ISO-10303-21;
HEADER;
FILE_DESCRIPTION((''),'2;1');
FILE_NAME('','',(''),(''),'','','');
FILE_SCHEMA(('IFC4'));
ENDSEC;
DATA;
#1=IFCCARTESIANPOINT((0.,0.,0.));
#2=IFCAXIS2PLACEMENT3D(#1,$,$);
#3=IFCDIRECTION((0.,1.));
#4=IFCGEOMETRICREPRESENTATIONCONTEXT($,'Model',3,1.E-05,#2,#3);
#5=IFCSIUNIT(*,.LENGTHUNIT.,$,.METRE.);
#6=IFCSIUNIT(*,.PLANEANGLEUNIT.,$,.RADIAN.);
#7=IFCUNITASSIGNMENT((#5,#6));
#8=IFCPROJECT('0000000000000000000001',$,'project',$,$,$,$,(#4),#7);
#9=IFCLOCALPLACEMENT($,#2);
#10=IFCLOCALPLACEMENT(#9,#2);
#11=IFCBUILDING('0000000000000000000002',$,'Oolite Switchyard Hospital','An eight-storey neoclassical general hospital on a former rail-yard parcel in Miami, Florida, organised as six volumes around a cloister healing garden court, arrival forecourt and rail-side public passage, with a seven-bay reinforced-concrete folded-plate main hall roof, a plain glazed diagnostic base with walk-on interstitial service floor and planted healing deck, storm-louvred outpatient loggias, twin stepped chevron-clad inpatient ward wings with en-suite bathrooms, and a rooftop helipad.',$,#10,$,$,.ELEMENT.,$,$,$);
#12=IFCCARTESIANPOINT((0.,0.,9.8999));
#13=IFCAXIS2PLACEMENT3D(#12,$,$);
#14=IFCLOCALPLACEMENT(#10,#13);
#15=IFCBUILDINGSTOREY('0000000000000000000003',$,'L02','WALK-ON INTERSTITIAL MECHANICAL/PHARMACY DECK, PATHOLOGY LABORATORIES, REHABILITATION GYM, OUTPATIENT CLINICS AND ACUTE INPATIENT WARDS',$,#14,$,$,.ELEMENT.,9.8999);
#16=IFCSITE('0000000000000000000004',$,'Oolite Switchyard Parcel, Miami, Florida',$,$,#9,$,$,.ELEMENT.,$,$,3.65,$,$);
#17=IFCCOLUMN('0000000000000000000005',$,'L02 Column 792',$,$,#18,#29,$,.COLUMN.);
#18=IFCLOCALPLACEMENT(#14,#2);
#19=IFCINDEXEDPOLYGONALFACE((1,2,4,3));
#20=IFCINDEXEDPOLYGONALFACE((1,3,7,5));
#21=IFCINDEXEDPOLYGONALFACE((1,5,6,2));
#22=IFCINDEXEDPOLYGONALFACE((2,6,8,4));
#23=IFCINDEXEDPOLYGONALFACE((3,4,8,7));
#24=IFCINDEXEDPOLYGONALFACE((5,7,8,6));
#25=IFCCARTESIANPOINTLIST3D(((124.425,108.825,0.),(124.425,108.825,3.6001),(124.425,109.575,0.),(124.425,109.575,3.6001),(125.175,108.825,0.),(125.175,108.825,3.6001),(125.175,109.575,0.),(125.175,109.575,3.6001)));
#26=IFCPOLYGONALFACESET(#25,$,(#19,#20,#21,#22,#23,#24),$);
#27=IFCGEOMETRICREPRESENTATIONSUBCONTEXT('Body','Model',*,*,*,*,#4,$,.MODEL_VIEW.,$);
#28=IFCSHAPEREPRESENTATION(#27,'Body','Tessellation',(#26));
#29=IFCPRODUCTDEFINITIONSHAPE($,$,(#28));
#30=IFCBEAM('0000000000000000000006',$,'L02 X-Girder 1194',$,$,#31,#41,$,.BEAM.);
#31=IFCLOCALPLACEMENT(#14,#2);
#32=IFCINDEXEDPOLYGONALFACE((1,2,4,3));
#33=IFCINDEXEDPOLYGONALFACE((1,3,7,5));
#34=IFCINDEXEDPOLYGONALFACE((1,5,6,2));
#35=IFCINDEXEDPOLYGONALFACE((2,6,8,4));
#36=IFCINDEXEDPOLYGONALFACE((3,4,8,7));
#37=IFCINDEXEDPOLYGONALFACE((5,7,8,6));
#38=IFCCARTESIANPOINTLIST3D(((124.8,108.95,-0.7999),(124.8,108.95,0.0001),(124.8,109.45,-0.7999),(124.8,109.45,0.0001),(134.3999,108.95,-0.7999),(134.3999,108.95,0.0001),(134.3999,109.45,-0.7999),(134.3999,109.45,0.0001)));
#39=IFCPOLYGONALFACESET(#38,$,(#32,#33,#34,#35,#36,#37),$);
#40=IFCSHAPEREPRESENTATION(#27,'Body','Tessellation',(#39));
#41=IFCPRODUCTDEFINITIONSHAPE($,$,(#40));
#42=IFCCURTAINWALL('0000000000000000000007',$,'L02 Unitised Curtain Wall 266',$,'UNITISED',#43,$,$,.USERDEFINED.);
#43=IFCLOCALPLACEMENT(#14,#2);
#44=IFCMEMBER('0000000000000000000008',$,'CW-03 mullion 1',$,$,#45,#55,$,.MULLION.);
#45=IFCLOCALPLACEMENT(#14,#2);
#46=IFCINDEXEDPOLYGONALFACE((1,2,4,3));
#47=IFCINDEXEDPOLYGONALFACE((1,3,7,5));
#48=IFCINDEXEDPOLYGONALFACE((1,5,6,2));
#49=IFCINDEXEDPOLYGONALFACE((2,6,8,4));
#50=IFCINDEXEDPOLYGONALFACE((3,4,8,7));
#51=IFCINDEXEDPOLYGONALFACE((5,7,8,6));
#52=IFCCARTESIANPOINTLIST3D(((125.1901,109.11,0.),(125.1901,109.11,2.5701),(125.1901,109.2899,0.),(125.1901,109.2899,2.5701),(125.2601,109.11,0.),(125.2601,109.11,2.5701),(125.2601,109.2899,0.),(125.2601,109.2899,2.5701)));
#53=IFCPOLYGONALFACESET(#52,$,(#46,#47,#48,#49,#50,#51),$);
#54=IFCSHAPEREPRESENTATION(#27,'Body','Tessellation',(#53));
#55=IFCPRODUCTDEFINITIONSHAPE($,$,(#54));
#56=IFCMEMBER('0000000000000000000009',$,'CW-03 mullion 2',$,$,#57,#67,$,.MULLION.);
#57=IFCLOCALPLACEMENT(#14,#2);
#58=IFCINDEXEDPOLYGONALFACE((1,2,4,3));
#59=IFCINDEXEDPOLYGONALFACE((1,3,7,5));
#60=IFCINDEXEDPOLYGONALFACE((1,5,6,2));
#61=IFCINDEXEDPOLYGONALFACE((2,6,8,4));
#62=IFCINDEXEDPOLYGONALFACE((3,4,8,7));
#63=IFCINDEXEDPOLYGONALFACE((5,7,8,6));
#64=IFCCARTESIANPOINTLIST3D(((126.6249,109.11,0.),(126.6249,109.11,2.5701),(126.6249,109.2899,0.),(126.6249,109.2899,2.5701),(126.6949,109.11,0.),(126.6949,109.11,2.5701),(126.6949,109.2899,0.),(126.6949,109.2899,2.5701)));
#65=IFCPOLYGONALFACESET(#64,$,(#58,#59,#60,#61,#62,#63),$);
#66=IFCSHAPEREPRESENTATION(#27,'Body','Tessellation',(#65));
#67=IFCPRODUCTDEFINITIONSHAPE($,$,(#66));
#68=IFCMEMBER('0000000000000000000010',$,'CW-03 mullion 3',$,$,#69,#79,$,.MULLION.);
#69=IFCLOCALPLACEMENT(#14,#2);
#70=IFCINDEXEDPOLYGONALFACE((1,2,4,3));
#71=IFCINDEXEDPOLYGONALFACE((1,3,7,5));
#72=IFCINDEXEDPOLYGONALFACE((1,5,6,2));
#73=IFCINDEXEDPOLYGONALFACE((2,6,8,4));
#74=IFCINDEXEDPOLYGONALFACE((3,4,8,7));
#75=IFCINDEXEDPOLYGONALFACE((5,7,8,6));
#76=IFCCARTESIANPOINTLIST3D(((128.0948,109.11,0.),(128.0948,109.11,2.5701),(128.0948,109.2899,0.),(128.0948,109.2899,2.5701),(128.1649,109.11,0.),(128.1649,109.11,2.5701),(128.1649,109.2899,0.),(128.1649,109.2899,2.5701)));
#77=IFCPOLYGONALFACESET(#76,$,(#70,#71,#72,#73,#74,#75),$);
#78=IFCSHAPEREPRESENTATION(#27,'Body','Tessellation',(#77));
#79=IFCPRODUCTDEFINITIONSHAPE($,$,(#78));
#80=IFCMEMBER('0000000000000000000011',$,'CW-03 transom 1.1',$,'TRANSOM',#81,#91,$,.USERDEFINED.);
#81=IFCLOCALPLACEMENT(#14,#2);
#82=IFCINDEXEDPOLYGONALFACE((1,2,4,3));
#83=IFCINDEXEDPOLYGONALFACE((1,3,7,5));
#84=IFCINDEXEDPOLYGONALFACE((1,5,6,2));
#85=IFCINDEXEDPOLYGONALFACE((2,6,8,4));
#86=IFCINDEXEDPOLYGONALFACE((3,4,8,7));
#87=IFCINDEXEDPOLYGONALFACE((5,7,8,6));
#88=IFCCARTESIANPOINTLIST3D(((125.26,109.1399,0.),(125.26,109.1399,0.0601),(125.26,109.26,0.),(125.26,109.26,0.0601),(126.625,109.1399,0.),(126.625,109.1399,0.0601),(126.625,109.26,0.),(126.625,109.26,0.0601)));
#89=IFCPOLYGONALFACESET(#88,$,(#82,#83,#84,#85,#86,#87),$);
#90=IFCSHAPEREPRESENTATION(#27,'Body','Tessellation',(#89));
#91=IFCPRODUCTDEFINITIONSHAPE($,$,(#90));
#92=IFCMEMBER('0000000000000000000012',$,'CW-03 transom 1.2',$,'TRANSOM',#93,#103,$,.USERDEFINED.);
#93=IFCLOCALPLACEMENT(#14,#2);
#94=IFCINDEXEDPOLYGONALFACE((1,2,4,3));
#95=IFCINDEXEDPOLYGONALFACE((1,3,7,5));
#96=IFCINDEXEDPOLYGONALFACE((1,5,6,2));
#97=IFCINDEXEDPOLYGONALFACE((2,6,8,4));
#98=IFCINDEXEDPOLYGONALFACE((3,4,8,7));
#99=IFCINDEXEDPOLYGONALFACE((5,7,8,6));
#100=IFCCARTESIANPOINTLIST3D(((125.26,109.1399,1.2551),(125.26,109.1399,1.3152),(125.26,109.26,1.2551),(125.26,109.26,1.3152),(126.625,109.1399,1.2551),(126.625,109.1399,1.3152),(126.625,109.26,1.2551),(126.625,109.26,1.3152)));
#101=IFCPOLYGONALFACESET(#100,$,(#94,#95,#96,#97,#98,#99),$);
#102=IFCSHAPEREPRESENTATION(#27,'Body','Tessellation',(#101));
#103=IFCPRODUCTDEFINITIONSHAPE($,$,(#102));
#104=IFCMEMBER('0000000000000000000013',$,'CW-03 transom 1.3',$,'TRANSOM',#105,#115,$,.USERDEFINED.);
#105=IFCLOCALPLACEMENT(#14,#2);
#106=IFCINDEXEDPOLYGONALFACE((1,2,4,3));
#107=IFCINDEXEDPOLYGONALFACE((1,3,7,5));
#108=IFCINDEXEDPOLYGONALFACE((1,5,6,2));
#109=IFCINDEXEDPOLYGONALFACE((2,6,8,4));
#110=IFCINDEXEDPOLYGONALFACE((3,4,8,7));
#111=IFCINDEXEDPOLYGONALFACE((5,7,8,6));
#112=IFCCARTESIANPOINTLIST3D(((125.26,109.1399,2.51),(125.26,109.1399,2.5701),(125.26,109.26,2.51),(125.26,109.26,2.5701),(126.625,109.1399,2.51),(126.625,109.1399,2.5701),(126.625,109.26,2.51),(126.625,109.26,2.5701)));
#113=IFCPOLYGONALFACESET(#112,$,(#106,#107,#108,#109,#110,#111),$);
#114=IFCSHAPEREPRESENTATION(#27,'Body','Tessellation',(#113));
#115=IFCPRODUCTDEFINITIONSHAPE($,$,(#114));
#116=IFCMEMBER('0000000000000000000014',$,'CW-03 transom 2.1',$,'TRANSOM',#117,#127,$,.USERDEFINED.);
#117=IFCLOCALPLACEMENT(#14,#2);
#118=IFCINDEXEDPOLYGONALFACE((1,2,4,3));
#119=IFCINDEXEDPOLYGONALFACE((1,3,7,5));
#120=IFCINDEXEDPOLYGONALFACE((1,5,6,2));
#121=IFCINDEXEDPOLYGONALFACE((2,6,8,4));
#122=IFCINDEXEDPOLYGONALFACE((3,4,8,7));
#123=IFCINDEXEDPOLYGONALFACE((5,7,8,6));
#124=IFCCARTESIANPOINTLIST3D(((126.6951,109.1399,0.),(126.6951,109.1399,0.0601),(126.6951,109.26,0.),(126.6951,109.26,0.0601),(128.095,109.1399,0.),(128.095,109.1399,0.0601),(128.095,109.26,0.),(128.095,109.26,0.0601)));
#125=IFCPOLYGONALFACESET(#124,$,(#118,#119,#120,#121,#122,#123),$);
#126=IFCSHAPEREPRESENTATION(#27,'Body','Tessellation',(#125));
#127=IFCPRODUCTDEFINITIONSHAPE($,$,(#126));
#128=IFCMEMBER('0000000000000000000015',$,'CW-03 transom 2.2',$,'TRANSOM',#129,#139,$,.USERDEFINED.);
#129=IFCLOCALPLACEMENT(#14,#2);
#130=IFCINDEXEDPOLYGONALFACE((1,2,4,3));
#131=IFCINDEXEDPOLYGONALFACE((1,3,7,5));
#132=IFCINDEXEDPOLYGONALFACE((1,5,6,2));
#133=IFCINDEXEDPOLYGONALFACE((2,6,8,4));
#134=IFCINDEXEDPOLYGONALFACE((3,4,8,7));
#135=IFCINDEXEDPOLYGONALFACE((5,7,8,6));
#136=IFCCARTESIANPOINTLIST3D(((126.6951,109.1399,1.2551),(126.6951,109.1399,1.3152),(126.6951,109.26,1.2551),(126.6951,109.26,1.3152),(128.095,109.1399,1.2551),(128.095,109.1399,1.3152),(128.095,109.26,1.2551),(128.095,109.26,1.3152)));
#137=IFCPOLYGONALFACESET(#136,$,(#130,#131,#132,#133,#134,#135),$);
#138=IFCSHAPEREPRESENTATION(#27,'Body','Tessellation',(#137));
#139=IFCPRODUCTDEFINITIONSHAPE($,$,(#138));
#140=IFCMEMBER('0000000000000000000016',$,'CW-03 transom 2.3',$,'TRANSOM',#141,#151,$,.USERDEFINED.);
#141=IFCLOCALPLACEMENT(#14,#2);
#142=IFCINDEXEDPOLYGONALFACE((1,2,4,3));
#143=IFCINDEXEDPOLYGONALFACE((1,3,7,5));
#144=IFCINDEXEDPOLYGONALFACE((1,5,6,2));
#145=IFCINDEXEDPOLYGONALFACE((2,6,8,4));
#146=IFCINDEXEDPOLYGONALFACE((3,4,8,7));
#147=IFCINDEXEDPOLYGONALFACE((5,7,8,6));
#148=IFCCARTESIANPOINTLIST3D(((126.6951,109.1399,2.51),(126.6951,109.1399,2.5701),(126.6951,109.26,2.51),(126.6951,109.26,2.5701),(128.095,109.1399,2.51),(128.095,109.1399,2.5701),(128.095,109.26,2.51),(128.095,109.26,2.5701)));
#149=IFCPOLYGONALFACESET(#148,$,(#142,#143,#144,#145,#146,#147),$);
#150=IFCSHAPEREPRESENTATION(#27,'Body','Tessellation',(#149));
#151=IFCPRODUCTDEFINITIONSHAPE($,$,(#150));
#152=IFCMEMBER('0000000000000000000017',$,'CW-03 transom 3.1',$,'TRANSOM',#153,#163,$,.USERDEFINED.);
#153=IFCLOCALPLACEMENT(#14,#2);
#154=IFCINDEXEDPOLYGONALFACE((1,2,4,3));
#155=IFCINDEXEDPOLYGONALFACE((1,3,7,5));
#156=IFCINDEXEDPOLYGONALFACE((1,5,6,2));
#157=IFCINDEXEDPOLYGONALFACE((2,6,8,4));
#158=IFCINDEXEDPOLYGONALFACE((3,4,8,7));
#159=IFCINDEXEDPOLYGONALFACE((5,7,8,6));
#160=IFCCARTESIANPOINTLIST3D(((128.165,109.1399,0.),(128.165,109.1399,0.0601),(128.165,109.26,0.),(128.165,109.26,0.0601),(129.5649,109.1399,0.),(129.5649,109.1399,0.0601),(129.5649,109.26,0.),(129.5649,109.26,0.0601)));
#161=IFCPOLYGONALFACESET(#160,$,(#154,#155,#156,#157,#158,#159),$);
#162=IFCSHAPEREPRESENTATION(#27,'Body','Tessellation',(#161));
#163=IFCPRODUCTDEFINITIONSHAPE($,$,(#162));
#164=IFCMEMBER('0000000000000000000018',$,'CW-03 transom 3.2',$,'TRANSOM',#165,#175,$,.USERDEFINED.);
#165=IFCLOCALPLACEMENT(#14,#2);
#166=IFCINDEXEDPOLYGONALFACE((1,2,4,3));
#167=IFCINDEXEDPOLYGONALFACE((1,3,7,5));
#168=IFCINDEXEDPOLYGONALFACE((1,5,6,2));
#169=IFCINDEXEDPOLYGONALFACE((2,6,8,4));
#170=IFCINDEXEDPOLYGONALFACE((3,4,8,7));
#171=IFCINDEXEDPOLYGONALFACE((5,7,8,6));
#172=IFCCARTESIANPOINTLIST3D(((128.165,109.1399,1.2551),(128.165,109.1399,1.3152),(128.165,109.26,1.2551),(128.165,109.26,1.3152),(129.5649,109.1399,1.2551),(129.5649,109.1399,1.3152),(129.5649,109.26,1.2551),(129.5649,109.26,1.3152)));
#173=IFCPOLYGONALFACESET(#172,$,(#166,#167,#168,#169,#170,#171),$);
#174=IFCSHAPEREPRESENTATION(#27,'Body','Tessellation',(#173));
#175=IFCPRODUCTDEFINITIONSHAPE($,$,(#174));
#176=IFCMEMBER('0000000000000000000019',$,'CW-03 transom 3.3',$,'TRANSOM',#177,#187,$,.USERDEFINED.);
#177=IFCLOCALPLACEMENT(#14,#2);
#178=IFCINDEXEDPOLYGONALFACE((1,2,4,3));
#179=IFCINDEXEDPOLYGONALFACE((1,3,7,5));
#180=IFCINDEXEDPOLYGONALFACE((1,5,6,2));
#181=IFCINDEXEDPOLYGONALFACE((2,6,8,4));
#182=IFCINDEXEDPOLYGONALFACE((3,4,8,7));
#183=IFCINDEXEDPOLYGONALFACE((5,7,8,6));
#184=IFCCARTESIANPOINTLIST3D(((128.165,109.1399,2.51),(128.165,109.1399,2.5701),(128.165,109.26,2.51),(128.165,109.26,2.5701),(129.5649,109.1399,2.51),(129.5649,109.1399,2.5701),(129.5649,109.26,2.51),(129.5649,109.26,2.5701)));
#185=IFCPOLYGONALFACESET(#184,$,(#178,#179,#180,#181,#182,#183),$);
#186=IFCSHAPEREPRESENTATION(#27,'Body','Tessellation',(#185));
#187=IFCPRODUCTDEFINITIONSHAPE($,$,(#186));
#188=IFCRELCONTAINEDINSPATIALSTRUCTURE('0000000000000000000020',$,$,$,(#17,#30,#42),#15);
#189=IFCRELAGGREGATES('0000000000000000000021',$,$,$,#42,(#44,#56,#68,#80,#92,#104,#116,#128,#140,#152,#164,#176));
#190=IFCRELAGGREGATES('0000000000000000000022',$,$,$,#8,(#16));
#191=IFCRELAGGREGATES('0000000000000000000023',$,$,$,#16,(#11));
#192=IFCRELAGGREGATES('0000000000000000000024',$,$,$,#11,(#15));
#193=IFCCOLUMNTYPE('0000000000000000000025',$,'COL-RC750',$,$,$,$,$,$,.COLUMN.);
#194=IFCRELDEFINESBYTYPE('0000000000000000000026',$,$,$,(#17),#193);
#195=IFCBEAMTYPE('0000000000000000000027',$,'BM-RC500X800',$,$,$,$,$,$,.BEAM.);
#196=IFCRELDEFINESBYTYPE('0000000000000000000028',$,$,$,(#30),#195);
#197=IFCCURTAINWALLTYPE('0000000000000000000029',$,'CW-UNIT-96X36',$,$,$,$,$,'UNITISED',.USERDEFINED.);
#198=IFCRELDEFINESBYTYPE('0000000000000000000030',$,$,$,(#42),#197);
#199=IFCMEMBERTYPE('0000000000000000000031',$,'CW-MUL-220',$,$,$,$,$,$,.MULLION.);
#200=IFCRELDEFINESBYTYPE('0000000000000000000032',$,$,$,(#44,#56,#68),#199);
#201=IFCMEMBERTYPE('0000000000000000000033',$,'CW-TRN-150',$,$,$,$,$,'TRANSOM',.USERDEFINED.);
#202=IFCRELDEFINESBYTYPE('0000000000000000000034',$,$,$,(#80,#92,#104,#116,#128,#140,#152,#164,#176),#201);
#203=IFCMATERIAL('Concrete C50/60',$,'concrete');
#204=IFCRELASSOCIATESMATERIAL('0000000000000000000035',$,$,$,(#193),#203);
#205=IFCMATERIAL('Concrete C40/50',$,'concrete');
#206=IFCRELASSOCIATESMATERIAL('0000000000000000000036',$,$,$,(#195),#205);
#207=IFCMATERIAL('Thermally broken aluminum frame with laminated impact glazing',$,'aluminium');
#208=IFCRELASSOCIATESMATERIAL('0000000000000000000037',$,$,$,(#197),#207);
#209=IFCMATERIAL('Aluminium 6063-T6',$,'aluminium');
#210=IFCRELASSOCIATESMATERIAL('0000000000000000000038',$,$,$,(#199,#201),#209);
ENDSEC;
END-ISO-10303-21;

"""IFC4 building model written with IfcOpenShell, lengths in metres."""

from ifc_helpers import new_model, si_unit, direction, frame, origin, origin_2d, place, context, subcontext, project, spatial, rectangle, extrude, material, material_profile, profile_set, type_object, element, aggregate, save


model = new_model("IFC4")

# Units and contexts
model_context = context("Model", 3, precision=1e-05, world=origin(), true_north=direction((0.0, 1.0)))
body_context = subcontext(model_context, "Body", "Model", "MODEL_VIEW")
ifc_project = project(units=[si_unit("LENGTHUNIT", "METRE"), si_unit("PLANEANGLEUNIT", "RADIAN")], contexts=[model_context])

# Site, building, storey
site_placement = place(None, origin())
site = spatial("IfcSite", under=ifc_project, at=site_placement, Name="Oolite Switchyard Parcel, Miami, Florida", CompositionType="ELEMENT", RefElevation=3.65)
building_placement = place(site_placement, origin())
building = spatial("IfcBuilding", under=site, at=building_placement, Name="Oolite Switchyard Hospital", Description="An eight-storey neoclassical general hospital on a former rail-yard parcel in Miami, Florida, organised as six volumes around a cloister healing garden court, arrival forecourt and rail-side public passage, with a seven-bay reinforced-concrete folded-plate main hall roof, a plain glazed diagnostic base with walk-on interstitial service floor and planted healing deck, storm-louvred outpatient loggias, twin stepped chevron-clad inpatient ward wings with en-suite bathrooms, and a rooftop helipad.", CompositionType="ELEMENT")
storey_placement = place(building_placement, frame((0.0, 0.0, 9.8999)))
storey = spatial("IfcBuildingStorey", under=building, at=storey_placement, Name="L02", Description="WALK-ON INTERSTITIAL MECHANICAL/PHARMACY DECK, PATHOLOGY LABORATORIES, REHABILITATION GYM, OUTPATIENT CLINICS AND ACUTE INPATIENT WARDS", CompositionType="ELEMENT", Elevation=9.8999)

# Column
ifc_material_1 = material(Name="Concrete C50/60", Category="concrete")
ifc_material_profile_1 = material_profile(ifc_material_1, rectangle(XDim=0.75, YDim=0.75, at=origin_2d()), Name="RC750X750")
ifc_profile_set_1 = profile_set([ifc_material_profile_1], Name="Concrete C50/60")
column_type = type_object("IfcColumnType", Name="COL-RC750", PredefinedType="COLUMN", material=ifc_profile_set_1)
column_placement = place(storey_placement, frame((124.8, 109.2, 0.0), z_axis=(0.0, 0.0, 1.0), x_axis=(1.0, 0.0, 0.0)))
element("IfcColumn", 1, at=column_placement, inside=storey, type_object=column_type, Name="L02 Column 792", PredefinedType="COLUMN", context=body_context, shape_type="SweptSolid", body=[
    extrude(rectangle(XDim=0.75, YDim=0.75, at=origin_2d()), origin(), (0.0, 0.0, 1.0), 3.6001),
])

# Beam
ifc_material_2 = material(Name="Concrete C40/50", Category="concrete")
ifc_material_profile_2 = material_profile(ifc_material_2, rectangle(XDim=0.5, YDim=0.8, at=origin_2d()), Name="RCB500X800")
ifc_profile_set_2 = profile_set([ifc_material_profile_2], Name="Concrete C40/50")
beam_type = type_object("IfcBeamType", Name="BM-RC500X800", PredefinedType="BEAM", material=ifc_profile_set_2)
beam_placement = place(storey_placement, frame((124.8, 109.2, -0.3999), z_axis=(1.0, 0.0, 0.0), x_axis=(0.0, 1.0, 0.0)))
element("IfcBeam", 2, at=beam_placement, inside=storey, type_object=beam_type, Name="L02 X-Girder 1194", PredefinedType="BEAM", context=body_context, shape_type="SweptSolid", body=[
    extrude(rectangle(XDim=0.5, YDim=0.8, at=origin_2d()), origin(), (0.0, 0.0, 1.0), 9.5999),
])

# Curtain wall, members
ifc_material_3 = material(Name="Thermally broken aluminum frame with laminated impact glazing", Category="aluminium")
curtain_wall_type = type_object("IfcCurtainWallType", Name="CW-UNIT-96X36", ElementType="UNITISED", PredefinedType="USERDEFINED", material=ifc_material_3)
curtain_wall_placement = place(storey_placement, origin())
curtain_wall = element("IfcCurtainWall", 3, at=curtain_wall_placement, inside=storey, type_object=curtain_wall_type, Name="L02 Unitised Curtain Wall 266", ObjectType="UNITISED", PredefinedType="USERDEFINED")
ifc_material_4 = material(Name="Aluminium 6063-T6", Category="aluminium")
ifc_material_profile_3 = material_profile(ifc_material_4, rectangle(XDim=0.1799, YDim=0.0701, at=origin_2d()), Name="CWM70X180")
ifc_profile_set_3 = profile_set([ifc_material_profile_3], Name="Aluminium 6063-T6")
member_type_1 = type_object("IfcMemberType", Name="CW-MUL-220", PredefinedType="MULLION", material=ifc_profile_set_3)
member_1_placement = place(storey_placement, frame((125.2251, 109.2, 0.0), z_axis=(0.0, 0.0, 1.0), x_axis=(0.0, 1.0, 0.0)))
member_1 = element("IfcMember", 4, at=member_1_placement, type_object=member_type_1, Name="CW-03 mullion 1", PredefinedType="MULLION", context=body_context, shape_type="SweptSolid", body=[
    extrude(rectangle(XDim=0.1799, YDim=0.0701, at=origin_2d()), origin(), (0.0, 0.0, 1.0), 2.5701),
])
member_2_placement = place(storey_placement, frame((126.6599, 109.2, 0.0), z_axis=(0.0, 0.0, 1.0), x_axis=(0.0, 1.0, 0.0)))
member_2 = element("IfcMember", 5, at=member_2_placement, type_object=member_type_1, Name="CW-03 mullion 2", PredefinedType="MULLION", context=body_context, shape_type="SweptSolid", body=[
    extrude(rectangle(XDim=0.1799, YDim=0.0701, at=origin_2d()), origin(), (0.0, 0.0, 1.0), 2.5701),
])
member_3_placement = place(storey_placement, frame((128.1299, 109.2, 0.0), z_axis=(0.0, 0.0, 1.0), x_axis=(0.0, 1.0, 0.0)))
member_3 = element("IfcMember", 6, at=member_3_placement, type_object=member_type_1, Name="CW-03 mullion 3", PredefinedType="MULLION", context=body_context, shape_type="SweptSolid", body=[
    extrude(rectangle(XDim=0.1799, YDim=0.0701, at=origin_2d()), origin(), (0.0, 0.0, 1.0), 2.5701),
])
ifc_material_profile_4 = material_profile(ifc_material_4, rectangle(XDim=0.1201, YDim=0.0601, at=origin_2d()), Name="CWT60X120")
ifc_profile_set_4 = profile_set([ifc_material_profile_4], Name="Aluminium 6063-T6")
member_type_2 = type_object("IfcMemberType", Name="CW-TRN-150", ElementType="TRANSOM", PredefinedType="USERDEFINED", material=ifc_profile_set_4)
member_4_placement = place(storey_placement, frame((125.26, 109.2, 0.03), z_axis=(1.0, 0.0, 0.0), x_axis=(0.0, 1.0, 0.0)))
member_4 = element("IfcMember", 7, at=member_4_placement, type_object=member_type_2, Name="CW-03 transom 1.1", ObjectType="TRANSOM", PredefinedType="USERDEFINED", context=body_context, shape_type="SweptSolid", body=[
    extrude(rectangle(XDim=0.1201, YDim=0.0601, at=origin_2d()), origin(), (0.0, 0.0, 1.0), 1.365),
])
member_5_placement = place(storey_placement, frame((125.26, 109.2, 1.2852), z_axis=(1.0, 0.0, 0.0), x_axis=(0.0, 1.0, 0.0)))
member_5 = element("IfcMember", 8, at=member_5_placement, type_object=member_type_2, Name="CW-03 transom 1.2", ObjectType="TRANSOM", PredefinedType="USERDEFINED", context=body_context, shape_type="SweptSolid", body=[
    extrude(rectangle(XDim=0.1201, YDim=0.0601, at=origin_2d()), origin(), (0.0, 0.0, 1.0), 1.365),
])
member_6_placement = place(storey_placement, frame((125.26, 109.2, 2.54), z_axis=(1.0, 0.0, 0.0), x_axis=(0.0, 1.0, 0.0)))
member_6 = element("IfcMember", 9, at=member_6_placement, type_object=member_type_2, Name="CW-03 transom 1.3", ObjectType="TRANSOM", PredefinedType="USERDEFINED", context=body_context, shape_type="SweptSolid", body=[
    extrude(rectangle(XDim=0.1201, YDim=0.0601, at=origin_2d()), origin(), (0.0, 0.0, 1.0), 1.365),
])
member_7_placement = place(storey_placement, frame((126.6951, 109.2, 0.03), z_axis=(1.0, 0.0, 0.0), x_axis=(0.0, 1.0, 0.0)))
member_7 = element("IfcMember", 10, at=member_7_placement, type_object=member_type_2, Name="CW-03 transom 2.1", ObjectType="TRANSOM", PredefinedType="USERDEFINED", context=body_context, shape_type="SweptSolid", body=[
    extrude(rectangle(XDim=0.1201, YDim=0.0601, at=origin_2d()), origin(), (0.0, 0.0, 1.0), 1.3999),
])
member_8_placement = place(storey_placement, frame((126.6951, 109.2, 1.2852), z_axis=(1.0, 0.0, 0.0), x_axis=(0.0, 1.0, 0.0)))
member_8 = element("IfcMember", 11, at=member_8_placement, type_object=member_type_2, Name="CW-03 transom 2.2", ObjectType="TRANSOM", PredefinedType="USERDEFINED", context=body_context, shape_type="SweptSolid", body=[
    extrude(rectangle(XDim=0.1201, YDim=0.0601, at=origin_2d()), origin(), (0.0, 0.0, 1.0), 1.3999),
])
member_9_placement = place(storey_placement, frame((126.6951, 109.2, 2.54), z_axis=(1.0, 0.0, 0.0), x_axis=(0.0, 1.0, 0.0)))
member_9 = element("IfcMember", 12, at=member_9_placement, type_object=member_type_2, Name="CW-03 transom 2.3", ObjectType="TRANSOM", PredefinedType="USERDEFINED", context=body_context, shape_type="SweptSolid", body=[
    extrude(rectangle(XDim=0.1201, YDim=0.0601, at=origin_2d()), origin(), (0.0, 0.0, 1.0), 1.3999),
])
member_10_placement = place(storey_placement, frame((128.165, 109.2, 0.03), z_axis=(1.0, 0.0, 0.0), x_axis=(0.0, 1.0, 0.0)))
member_10 = element("IfcMember", 13, at=member_10_placement, type_object=member_type_2, Name="CW-03 transom 3.1", ObjectType="TRANSOM", PredefinedType="USERDEFINED", context=body_context, shape_type="SweptSolid", body=[
    extrude(rectangle(XDim=0.1201, YDim=0.0601, at=origin_2d()), origin(), (0.0, 0.0, 1.0), 1.3999),
])
member_11_placement = place(storey_placement, frame((128.165, 109.2, 1.2852), z_axis=(1.0, 0.0, 0.0), x_axis=(0.0, 1.0, 0.0)))
member_11 = element("IfcMember", 14, at=member_11_placement, type_object=member_type_2, Name="CW-03 transom 3.2", ObjectType="TRANSOM", PredefinedType="USERDEFINED", context=body_context, shape_type="SweptSolid", body=[
    extrude(rectangle(XDim=0.1201, YDim=0.0601, at=origin_2d()), origin(), (0.0, 0.0, 1.0), 1.3999),
])
member_12_placement = place(storey_placement, frame((128.165, 109.2, 2.54), z_axis=(1.0, 0.0, 0.0), x_axis=(0.0, 1.0, 0.0)))
member_12 = element("IfcMember", 15, at=member_12_placement, type_object=member_type_2, Name="CW-03 transom 3.3", ObjectType="TRANSOM", PredefinedType="USERDEFINED", context=body_context, shape_type="SweptSolid", body=[
    extrude(rectangle(XDim=0.1201, YDim=0.0601, at=origin_2d()), origin(), (0.0, 0.0, 1.0), 1.3999),
])
aggregate(curtain_wall, [member_1, member_2, member_3, member_4, member_5, member_6, member_7, member_8, member_9, member_10, member_11, member_12])

save(model, "model.ifc")
